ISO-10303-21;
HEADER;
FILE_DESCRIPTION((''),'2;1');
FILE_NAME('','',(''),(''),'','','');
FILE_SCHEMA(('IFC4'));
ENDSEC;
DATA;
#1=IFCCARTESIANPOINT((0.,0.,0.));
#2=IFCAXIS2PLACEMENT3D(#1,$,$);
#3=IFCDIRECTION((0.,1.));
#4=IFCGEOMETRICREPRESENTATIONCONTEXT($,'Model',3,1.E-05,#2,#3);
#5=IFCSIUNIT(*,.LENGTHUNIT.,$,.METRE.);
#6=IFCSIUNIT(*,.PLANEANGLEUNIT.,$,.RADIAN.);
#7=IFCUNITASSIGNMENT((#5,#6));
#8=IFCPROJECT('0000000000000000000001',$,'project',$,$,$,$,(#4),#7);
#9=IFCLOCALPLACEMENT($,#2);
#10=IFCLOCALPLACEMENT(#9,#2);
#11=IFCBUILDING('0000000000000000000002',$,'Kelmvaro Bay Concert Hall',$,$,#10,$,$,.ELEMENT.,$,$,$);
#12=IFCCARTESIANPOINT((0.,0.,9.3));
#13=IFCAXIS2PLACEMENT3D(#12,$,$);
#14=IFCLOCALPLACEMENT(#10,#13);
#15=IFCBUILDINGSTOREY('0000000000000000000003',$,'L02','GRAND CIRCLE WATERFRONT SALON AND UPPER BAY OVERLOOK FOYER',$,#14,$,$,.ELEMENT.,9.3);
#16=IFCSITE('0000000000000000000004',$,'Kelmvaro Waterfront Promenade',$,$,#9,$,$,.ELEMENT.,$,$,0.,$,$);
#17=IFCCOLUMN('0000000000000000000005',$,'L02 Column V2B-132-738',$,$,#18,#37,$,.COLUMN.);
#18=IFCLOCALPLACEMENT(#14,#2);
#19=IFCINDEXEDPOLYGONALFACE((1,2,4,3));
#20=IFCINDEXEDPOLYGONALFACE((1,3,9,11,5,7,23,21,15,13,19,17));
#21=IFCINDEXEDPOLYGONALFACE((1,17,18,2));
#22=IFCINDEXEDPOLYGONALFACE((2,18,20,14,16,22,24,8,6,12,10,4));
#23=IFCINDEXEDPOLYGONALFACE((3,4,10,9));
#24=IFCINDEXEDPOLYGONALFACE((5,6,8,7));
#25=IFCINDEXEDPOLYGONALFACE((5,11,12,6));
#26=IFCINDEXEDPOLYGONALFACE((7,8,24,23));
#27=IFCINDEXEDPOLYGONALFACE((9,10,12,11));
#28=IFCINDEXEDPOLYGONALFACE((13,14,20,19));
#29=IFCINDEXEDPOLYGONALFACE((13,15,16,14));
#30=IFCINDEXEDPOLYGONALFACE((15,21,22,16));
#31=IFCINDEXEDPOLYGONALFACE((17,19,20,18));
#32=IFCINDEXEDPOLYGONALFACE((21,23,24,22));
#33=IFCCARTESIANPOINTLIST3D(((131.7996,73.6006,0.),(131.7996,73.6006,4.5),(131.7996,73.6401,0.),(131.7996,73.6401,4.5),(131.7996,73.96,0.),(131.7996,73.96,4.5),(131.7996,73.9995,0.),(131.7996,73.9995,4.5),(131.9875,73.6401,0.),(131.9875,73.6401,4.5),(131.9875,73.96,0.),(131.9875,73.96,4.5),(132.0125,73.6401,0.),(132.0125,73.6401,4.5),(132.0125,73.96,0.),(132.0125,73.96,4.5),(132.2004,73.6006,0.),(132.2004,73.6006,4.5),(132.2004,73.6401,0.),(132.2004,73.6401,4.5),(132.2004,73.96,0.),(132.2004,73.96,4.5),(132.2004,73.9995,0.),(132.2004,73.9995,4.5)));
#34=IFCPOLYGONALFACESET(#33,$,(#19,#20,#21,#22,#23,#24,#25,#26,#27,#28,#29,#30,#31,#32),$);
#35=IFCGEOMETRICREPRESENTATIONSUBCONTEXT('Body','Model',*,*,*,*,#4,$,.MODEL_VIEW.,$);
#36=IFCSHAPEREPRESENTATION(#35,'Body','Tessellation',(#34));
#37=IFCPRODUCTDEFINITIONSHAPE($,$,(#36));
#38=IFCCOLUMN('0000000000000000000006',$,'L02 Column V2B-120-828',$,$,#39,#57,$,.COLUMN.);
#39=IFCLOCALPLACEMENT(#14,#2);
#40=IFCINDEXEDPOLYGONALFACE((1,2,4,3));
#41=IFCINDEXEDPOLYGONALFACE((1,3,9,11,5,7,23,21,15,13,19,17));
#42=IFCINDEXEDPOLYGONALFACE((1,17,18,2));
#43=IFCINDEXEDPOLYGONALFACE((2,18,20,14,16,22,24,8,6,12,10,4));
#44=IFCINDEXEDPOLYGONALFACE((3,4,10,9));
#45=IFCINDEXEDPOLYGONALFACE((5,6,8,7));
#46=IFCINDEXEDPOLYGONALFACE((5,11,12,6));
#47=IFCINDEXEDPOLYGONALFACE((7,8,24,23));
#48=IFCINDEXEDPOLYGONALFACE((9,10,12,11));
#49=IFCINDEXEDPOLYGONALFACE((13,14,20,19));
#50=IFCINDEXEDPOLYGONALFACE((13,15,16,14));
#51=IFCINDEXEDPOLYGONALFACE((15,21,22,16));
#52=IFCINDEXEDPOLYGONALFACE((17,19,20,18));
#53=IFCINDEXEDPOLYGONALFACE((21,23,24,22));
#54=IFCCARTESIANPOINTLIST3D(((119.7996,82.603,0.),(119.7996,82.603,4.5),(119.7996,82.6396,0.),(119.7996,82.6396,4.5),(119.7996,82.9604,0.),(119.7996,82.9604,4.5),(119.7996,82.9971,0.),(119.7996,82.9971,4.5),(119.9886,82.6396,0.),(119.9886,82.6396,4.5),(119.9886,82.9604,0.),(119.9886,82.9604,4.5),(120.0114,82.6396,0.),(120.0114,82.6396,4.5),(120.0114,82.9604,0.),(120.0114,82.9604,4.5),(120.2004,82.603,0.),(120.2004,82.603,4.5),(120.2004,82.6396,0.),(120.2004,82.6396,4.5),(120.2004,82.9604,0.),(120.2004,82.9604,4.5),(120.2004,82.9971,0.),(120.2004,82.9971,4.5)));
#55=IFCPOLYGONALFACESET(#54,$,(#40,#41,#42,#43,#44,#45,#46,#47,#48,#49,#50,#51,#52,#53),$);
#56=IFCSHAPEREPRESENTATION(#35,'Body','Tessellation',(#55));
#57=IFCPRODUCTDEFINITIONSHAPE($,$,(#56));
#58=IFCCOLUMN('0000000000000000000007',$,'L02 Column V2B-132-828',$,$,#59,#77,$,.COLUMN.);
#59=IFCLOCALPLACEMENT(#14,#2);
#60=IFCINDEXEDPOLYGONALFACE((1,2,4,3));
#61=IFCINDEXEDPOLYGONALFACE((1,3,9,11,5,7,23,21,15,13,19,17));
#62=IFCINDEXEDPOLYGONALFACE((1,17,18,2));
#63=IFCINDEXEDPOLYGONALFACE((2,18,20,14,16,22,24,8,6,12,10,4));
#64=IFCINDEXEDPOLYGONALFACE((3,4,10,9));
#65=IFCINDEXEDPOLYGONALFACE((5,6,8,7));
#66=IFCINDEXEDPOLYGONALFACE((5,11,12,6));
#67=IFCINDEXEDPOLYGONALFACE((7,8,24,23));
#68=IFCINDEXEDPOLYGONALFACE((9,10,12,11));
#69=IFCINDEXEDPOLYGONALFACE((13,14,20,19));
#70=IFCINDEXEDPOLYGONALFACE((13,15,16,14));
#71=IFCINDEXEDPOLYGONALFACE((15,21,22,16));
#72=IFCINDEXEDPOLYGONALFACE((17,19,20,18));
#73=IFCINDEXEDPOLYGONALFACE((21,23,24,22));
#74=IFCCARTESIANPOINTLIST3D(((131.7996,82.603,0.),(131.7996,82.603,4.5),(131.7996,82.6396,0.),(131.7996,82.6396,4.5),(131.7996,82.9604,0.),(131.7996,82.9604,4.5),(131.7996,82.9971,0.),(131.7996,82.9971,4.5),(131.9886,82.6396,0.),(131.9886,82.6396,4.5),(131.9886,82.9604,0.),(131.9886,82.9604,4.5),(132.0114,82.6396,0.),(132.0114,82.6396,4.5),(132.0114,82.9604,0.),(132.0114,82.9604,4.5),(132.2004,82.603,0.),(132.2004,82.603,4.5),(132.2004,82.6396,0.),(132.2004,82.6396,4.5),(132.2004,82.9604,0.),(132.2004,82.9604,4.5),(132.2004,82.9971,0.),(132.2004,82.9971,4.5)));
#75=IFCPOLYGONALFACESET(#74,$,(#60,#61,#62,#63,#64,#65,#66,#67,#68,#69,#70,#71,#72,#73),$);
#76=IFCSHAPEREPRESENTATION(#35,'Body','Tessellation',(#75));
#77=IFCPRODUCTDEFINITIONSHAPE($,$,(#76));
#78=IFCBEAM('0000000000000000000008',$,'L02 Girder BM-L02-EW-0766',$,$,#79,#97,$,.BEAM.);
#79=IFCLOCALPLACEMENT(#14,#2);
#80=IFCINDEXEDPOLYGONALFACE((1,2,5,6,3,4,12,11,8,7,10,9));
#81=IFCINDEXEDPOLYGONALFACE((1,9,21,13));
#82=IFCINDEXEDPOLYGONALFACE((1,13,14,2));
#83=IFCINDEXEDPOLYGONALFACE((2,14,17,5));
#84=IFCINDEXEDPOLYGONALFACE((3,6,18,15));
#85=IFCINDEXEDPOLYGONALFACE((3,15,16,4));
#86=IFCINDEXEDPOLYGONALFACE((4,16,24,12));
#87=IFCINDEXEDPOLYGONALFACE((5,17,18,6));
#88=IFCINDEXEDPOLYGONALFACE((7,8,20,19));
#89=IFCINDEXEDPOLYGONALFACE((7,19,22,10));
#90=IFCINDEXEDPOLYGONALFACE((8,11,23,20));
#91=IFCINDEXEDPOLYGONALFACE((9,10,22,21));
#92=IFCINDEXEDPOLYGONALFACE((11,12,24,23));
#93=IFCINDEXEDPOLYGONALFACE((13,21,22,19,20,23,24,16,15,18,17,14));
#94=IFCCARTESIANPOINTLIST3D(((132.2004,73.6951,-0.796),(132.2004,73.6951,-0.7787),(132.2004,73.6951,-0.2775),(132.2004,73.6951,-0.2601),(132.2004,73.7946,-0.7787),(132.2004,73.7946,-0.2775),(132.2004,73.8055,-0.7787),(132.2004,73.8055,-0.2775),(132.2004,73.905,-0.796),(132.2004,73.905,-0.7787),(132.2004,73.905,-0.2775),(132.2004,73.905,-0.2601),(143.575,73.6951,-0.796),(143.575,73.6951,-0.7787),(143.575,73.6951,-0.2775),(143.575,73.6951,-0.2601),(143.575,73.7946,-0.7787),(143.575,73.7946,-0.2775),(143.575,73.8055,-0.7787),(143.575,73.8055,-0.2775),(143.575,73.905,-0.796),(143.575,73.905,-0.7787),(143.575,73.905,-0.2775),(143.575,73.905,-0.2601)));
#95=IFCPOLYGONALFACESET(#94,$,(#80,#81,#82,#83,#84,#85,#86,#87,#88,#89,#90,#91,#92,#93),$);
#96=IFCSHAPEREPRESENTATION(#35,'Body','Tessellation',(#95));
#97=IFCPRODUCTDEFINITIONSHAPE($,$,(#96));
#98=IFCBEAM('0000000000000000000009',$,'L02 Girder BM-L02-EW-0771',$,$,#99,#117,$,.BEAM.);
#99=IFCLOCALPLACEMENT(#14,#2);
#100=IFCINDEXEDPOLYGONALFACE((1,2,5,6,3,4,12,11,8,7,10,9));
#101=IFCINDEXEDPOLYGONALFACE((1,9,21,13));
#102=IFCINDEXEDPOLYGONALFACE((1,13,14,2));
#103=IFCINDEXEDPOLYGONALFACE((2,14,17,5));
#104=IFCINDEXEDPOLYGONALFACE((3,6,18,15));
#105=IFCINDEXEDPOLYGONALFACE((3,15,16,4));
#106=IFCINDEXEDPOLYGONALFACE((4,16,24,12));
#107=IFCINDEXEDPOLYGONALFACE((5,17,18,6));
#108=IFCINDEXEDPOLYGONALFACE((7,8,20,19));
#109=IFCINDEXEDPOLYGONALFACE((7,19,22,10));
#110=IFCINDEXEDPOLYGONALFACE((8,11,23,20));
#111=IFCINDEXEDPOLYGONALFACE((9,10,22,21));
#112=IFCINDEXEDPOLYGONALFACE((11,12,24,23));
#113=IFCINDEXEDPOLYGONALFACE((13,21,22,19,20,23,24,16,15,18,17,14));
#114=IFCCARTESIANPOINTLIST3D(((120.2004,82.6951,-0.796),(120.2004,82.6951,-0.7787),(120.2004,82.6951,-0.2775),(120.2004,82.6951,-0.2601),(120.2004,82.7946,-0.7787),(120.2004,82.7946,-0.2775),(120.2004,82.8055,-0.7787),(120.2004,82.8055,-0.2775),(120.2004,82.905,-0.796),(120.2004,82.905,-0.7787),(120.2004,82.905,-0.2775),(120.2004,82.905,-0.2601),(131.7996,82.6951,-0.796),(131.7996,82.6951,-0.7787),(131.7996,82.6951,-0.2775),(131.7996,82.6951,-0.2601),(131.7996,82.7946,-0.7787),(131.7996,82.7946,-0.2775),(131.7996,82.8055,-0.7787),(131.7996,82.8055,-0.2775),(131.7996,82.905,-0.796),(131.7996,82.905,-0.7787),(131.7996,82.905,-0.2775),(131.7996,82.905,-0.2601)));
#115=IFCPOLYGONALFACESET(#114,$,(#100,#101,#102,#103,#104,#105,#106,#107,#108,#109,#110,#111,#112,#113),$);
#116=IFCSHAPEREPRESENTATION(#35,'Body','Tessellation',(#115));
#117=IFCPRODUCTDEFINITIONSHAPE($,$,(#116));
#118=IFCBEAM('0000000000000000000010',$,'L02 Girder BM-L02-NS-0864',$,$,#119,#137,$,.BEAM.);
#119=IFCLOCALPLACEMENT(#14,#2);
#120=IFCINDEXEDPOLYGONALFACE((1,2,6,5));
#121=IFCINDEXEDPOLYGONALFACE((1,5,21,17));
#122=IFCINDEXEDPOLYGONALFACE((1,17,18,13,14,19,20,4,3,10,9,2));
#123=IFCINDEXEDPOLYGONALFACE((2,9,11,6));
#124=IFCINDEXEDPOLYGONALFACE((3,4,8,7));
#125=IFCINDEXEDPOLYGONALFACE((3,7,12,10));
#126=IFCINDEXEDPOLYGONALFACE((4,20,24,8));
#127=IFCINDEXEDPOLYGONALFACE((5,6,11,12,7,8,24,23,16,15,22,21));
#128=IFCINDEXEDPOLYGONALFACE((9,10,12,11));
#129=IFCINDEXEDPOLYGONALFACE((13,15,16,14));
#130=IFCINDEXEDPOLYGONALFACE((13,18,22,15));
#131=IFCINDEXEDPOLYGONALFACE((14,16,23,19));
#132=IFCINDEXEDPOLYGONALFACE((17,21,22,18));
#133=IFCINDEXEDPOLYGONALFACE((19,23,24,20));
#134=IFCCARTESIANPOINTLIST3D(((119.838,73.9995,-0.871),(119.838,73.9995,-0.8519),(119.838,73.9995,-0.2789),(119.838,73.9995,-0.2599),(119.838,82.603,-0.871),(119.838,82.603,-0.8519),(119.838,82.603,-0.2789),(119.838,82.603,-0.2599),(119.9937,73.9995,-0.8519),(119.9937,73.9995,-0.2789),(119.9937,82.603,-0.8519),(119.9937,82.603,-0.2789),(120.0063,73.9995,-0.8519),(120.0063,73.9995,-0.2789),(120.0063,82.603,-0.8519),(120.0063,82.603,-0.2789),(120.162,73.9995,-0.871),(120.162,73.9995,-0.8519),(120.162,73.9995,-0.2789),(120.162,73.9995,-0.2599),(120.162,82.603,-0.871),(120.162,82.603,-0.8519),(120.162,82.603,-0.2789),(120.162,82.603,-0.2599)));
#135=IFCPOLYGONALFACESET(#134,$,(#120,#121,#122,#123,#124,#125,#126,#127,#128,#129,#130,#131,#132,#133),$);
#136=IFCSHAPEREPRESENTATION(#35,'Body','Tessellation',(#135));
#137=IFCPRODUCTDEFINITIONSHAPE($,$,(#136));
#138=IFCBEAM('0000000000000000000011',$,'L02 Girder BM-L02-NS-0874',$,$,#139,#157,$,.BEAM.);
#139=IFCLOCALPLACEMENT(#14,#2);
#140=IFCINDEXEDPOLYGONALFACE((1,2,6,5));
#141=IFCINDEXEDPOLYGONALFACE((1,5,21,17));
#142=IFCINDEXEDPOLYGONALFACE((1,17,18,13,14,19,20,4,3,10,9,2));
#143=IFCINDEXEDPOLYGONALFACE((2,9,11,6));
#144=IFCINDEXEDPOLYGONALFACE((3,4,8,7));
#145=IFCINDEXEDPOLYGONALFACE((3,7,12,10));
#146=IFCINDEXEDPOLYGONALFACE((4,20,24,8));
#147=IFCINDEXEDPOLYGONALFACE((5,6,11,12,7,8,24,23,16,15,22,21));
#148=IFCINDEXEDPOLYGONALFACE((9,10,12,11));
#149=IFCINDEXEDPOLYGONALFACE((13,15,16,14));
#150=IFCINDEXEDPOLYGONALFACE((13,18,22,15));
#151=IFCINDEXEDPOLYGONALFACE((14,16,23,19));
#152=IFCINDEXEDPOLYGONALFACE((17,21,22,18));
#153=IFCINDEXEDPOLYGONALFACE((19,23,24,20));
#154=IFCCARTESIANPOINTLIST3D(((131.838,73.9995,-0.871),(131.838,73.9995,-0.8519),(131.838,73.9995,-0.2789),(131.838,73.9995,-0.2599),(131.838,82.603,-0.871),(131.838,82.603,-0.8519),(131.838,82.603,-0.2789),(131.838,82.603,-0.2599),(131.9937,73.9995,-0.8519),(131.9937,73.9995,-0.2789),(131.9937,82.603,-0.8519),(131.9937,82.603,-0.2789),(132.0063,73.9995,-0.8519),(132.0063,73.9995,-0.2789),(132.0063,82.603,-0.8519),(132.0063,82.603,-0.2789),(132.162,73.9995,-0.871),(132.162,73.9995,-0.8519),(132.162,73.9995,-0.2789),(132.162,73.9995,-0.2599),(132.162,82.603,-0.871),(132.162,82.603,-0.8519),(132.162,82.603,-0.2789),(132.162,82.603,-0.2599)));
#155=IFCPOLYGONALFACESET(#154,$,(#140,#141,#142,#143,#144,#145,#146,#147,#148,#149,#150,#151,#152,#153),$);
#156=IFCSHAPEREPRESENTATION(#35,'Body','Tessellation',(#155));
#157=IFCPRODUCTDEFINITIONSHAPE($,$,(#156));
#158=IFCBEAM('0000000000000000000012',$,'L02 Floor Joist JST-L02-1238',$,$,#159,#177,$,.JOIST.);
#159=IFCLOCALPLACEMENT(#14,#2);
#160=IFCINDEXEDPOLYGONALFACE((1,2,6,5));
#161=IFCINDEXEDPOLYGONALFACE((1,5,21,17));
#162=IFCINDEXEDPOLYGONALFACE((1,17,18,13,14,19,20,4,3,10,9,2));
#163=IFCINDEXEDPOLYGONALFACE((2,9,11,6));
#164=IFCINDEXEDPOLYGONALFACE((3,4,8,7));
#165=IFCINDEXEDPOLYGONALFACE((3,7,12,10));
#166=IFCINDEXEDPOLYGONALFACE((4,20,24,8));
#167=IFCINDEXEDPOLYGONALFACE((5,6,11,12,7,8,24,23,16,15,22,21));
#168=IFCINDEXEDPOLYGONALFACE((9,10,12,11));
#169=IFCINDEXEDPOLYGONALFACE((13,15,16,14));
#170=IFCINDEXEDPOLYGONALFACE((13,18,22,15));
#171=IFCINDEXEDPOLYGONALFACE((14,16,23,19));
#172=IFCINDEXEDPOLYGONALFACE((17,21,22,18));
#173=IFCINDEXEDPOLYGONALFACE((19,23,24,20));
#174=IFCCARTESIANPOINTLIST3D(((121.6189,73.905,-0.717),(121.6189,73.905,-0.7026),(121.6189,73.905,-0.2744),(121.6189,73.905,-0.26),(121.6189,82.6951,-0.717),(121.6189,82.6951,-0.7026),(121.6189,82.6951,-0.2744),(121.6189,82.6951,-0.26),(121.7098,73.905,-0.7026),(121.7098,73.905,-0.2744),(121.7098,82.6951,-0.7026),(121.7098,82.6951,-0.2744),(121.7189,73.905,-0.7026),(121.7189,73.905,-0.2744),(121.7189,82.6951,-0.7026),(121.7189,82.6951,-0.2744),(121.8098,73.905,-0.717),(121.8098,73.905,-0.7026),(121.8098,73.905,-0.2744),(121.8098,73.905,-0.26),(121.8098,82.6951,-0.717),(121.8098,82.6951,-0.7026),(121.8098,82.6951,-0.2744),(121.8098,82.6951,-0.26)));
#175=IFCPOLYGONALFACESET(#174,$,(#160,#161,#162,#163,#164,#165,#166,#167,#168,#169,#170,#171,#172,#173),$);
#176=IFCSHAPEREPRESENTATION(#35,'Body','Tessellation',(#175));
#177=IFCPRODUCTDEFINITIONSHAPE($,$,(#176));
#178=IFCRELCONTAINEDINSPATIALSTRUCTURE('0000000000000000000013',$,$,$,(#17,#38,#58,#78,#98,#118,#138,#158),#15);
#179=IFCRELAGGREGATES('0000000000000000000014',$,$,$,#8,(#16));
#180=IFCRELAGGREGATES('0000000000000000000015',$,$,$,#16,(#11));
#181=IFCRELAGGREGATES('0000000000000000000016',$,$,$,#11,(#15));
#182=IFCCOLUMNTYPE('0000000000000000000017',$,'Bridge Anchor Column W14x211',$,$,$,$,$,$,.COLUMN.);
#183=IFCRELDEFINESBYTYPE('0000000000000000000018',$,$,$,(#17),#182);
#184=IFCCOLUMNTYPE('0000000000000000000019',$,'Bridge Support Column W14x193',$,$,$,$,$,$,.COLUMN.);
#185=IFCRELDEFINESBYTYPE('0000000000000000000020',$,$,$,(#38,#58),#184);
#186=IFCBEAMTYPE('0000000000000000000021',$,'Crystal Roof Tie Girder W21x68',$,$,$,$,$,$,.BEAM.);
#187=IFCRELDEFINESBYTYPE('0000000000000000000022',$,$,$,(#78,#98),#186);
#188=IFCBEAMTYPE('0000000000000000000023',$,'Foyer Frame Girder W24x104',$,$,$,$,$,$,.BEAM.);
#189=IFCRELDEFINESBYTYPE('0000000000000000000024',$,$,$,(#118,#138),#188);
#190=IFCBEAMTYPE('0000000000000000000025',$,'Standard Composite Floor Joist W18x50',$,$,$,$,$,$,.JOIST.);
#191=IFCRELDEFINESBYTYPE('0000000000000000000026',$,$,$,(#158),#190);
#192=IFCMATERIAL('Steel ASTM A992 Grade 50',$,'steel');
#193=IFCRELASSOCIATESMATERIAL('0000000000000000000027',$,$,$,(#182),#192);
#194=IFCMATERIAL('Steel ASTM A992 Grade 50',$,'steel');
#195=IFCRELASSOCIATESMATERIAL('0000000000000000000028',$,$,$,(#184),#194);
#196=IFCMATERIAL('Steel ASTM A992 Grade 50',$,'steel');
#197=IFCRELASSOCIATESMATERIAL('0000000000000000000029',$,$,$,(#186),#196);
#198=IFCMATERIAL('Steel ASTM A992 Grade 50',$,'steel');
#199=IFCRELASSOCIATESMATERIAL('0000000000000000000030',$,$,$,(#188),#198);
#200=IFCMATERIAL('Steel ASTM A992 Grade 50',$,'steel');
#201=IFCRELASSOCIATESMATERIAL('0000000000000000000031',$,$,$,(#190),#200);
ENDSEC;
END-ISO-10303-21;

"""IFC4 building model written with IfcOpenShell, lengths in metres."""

from ifc_helpers import new_model, si_unit, direction, frame, origin, origin_2d, place, context, subcontext, project, spatial, i_section, extrude, material, material_profile, profile_set, type_object, element, save


model = new_model("IFC4")

# Units and contexts
model_context = context("Model", 3, precision=1e-05, world=origin(), true_north=direction((0.0, 1.0)))
body_context = subcontext(model_context, "Body", "Model", "MODEL_VIEW")
ifc_project = project(units=[si_unit("LENGTHUNIT", "METRE"), si_unit("PLANEANGLEUNIT", "RADIAN")], contexts=[model_context])

# Site, building, storey
site_placement = place(None, origin())
site = spatial("IfcSite", under=ifc_project, at=site_placement, Name="Kelmvaro Waterfront Promenade", CompositionType="ELEMENT", RefElevation=0.0)
building_placement = place(site_placement, origin())
building = spatial("IfcBuilding", under=site, at=building_placement, Name="Kelmvaro Bay Concert Hall", CompositionType="ELEMENT")
storey_placement = place(building_placement, frame((0.0, 0.0, 9.3)))
storey = spatial("IfcBuildingStorey", under=building, at=storey_placement, Name="L02", Description="GRAND CIRCLE WATERFRONT SALON AND UPPER BAY OVERLOOK FOYER", CompositionType="ELEMENT", Elevation=9.3)

# Columns
ifc_material_1 = material(Name="Steel ASTM A992 Grade 50", Category="steel")
ifc_material_profile_1 = material_profile(ifc_material_1, i_section(OverallWidth=0.4009, OverallDepth=0.3989, WebThickness=0.0249, FlangeThickness=0.0396, at=origin_2d()), Name="W14X211")
ifc_profile_set_1 = profile_set([ifc_material_profile_1], Name="Steel ASTM A992 Grade 50")
column_type_1 = type_object("IfcColumnType", Name="Bridge Anchor Column W14x211", PredefinedType="COLUMN", material=ifc_profile_set_1)
column_placement = place(storey_placement, frame((132.0, 73.8, 0.0), z_axis=(0.0, 0.0, 1.0), x_axis=(1.0, 0.0, 0.0)))
element("IfcColumn", 1, at=column_placement, inside=storey, type_object=column_type_1, Name="L02 Column V2B-132-738", PredefinedType="COLUMN", context=body_context, shape_type="SweptSolid", body=[
    extrude(i_section(OverallWidth=0.4009, OverallDepth=0.3989, WebThickness=0.0249, FlangeThickness=0.0396, at=origin_2d()), origin(), (0.0, 0.0, 1.0), 4.5),
])
ifc_material_2 = material(Name="Steel ASTM A992 Grade 50", Category="steel")
ifc_material_profile_2 = material_profile(ifc_material_2, i_section(OverallWidth=0.4009, OverallDepth=0.394, WebThickness=0.0227, FlangeThickness=0.0366, at=origin_2d()), Name="W14X193")
ifc_profile_set_2 = profile_set([ifc_material_profile_2], Name="Steel ASTM A992 Grade 50")
column_type_2 = type_object("IfcColumnType", Name="Bridge Support Column W14x193", PredefinedType="COLUMN", material=ifc_profile_set_2)
for number, where, z_axis, x_axis, name in (
    (2, (120.0, 82.8, 0.0), (0.0, 0.0, 1.0), (1.0, 0.0, 0.0), "L02 Column V2B-120-828"),
    (3, (132.0, 82.8, 0.0), (0.0, 0.0, 1.0), (1.0, 0.0, 0.0), "L02 Column V2B-132-828"),
):
    element("IfcColumn", number, at=place(storey_placement, frame(where, z_axis=z_axis, x_axis=x_axis)), inside=storey, type_object=column_type_2, Name=name, PredefinedType="COLUMN", context=body_context, shape_type="SweptSolid", body=[
        extrude(i_section(OverallWidth=0.4009, OverallDepth=0.394, WebThickness=0.0227, FlangeThickness=0.0366, at=origin_2d()), origin(), (0.0, 0.0, 1.0), 4.5),
    ])

# Beams
ifc_material_3 = material(Name="Steel ASTM A992 Grade 50", Category="steel")
ifc_material_profile_3 = material_profile(ifc_material_3, i_section(OverallWidth=0.21, OverallDepth=0.5359, WebThickness=0.011, FlangeThickness=0.0173, at=origin_2d()), Name="W21X68")
ifc_profile_set_3 = profile_set([ifc_material_profile_3], Name="Steel ASTM A992 Grade 50")
beam_type_1 = type_object("IfcBeamType", Name="Crystal Roof Tie Girder W21x68", PredefinedType="BEAM", material=ifc_profile_set_3)
beam_1_placement = place(storey_placement, frame((132.2004, 73.8, -0.5281), z_axis=(1.0, 0.0, 0.0), x_axis=(0.0, 1.0, 0.0)))
element("IfcBeam", 4, at=beam_1_placement, inside=storey, type_object=beam_type_1, Name="L02 Girder BM-L02-EW-0766", PredefinedType="BEAM", context=body_context, shape_type="SweptSolid", body=[
    extrude(i_section(OverallWidth=0.21, OverallDepth=0.5359, WebThickness=0.011, FlangeThickness=0.0173, at=origin_2d()), origin(), (0.0, 0.0, 1.0), 11.3745),
])
beam_2_placement = place(storey_placement, frame((120.2004, 82.8, -0.5281), z_axis=(1.0, 0.0, 0.0), x_axis=(0.0, 1.0, 0.0)))
element("IfcBeam", 5, at=beam_2_placement, inside=storey, type_object=beam_type_1, Name="L02 Girder BM-L02-EW-0771", PredefinedType="BEAM", context=body_context, shape_type="SweptSolid", body=[
    extrude(i_section(OverallWidth=0.21, OverallDepth=0.5359, WebThickness=0.011, FlangeThickness=0.0173, at=origin_2d()), origin(), (0.0, 0.0, 1.0), 11.5991),
])
ifc_material_4 = material(Name="Steel ASTM A992 Grade 50", Category="steel")
ifc_material_profile_4 = material_profile(ifc_material_4, i_section(OverallWidth=0.324, OverallDepth=0.6111, WebThickness=0.0127, FlangeThickness=0.019, at=origin_2d()), Name="W24X104")
ifc_profile_set_4 = profile_set([ifc_material_profile_4], Name="Steel ASTM A992 Grade 50")
beam_type_2 = type_object("IfcBeamType", Name="Foyer Frame Girder W24x104", PredefinedType="BEAM", material=ifc_profile_set_4)
for number, where, z_axis, x_axis, name in (
    (6, (120.0, 73.9995, -0.5654), (0.0, 1.0, 0.0), (-1.0, 0.0, 0.0), "L02 Girder BM-L02-NS-0864"),
    (7, (132.0, 73.9995, -0.5654), (0.0, 1.0, 0.0), (-1.0, 0.0, 0.0), "L02 Girder BM-L02-NS-0874"),
):
    element("IfcBeam", number, at=place(storey_placement, frame(where, z_axis=z_axis, x_axis=x_axis)), inside=storey, type_object=beam_type_2, Name=name, PredefinedType="BEAM", context=body_context, shape_type="SweptSolid", body=[
        extrude(i_section(OverallWidth=0.324, OverallDepth=0.6111, WebThickness=0.0127, FlangeThickness=0.019, at=origin_2d()), origin(), (0.0, 0.0, 1.0), 8.6035),
    ])
ifc_material_5 = material(Name="Steel ASTM A992 Grade 50", Category="steel")
ifc_material_profile_5 = material_profile(ifc_material_5, i_section(OverallWidth=0.1909, OverallDepth=0.457, WebThickness=0.009, FlangeThickness=0.0144, at=origin_2d()), Name="W18X50")
ifc_profile_set_5 = profile_set([ifc_material_profile_5], Name="Steel ASTM A992 Grade 50")
beam_type_3 = type_object("IfcBeamType", Name="Standard Composite Floor Joist W18x50", PredefinedType="JOIST", material=ifc_profile_set_5)
for number, where, z_axis, x_axis, name in (
    (8, (121.7144, 73.905, -0.4885), (0.0, 1.0, 0.0), (-1.0, 0.0, 0.0), "L02 Floor Joist JST-L02-1238"),
):
    element("IfcBeam", number, at=place(storey_placement, frame(where, z_axis=z_axis, x_axis=x_axis)), inside=storey, type_object=beam_type_3, Name=name, PredefinedType="JOIST", context=body_context, shape_type="SweptSolid", body=[
        extrude(i_section(OverallWidth=0.1909, OverallDepth=0.457, WebThickness=0.009, FlangeThickness=0.0144, at=origin_2d()), origin(), (0.0, 0.0, 1.0), 8.79),
    ])

save(model, "model.ifc")
